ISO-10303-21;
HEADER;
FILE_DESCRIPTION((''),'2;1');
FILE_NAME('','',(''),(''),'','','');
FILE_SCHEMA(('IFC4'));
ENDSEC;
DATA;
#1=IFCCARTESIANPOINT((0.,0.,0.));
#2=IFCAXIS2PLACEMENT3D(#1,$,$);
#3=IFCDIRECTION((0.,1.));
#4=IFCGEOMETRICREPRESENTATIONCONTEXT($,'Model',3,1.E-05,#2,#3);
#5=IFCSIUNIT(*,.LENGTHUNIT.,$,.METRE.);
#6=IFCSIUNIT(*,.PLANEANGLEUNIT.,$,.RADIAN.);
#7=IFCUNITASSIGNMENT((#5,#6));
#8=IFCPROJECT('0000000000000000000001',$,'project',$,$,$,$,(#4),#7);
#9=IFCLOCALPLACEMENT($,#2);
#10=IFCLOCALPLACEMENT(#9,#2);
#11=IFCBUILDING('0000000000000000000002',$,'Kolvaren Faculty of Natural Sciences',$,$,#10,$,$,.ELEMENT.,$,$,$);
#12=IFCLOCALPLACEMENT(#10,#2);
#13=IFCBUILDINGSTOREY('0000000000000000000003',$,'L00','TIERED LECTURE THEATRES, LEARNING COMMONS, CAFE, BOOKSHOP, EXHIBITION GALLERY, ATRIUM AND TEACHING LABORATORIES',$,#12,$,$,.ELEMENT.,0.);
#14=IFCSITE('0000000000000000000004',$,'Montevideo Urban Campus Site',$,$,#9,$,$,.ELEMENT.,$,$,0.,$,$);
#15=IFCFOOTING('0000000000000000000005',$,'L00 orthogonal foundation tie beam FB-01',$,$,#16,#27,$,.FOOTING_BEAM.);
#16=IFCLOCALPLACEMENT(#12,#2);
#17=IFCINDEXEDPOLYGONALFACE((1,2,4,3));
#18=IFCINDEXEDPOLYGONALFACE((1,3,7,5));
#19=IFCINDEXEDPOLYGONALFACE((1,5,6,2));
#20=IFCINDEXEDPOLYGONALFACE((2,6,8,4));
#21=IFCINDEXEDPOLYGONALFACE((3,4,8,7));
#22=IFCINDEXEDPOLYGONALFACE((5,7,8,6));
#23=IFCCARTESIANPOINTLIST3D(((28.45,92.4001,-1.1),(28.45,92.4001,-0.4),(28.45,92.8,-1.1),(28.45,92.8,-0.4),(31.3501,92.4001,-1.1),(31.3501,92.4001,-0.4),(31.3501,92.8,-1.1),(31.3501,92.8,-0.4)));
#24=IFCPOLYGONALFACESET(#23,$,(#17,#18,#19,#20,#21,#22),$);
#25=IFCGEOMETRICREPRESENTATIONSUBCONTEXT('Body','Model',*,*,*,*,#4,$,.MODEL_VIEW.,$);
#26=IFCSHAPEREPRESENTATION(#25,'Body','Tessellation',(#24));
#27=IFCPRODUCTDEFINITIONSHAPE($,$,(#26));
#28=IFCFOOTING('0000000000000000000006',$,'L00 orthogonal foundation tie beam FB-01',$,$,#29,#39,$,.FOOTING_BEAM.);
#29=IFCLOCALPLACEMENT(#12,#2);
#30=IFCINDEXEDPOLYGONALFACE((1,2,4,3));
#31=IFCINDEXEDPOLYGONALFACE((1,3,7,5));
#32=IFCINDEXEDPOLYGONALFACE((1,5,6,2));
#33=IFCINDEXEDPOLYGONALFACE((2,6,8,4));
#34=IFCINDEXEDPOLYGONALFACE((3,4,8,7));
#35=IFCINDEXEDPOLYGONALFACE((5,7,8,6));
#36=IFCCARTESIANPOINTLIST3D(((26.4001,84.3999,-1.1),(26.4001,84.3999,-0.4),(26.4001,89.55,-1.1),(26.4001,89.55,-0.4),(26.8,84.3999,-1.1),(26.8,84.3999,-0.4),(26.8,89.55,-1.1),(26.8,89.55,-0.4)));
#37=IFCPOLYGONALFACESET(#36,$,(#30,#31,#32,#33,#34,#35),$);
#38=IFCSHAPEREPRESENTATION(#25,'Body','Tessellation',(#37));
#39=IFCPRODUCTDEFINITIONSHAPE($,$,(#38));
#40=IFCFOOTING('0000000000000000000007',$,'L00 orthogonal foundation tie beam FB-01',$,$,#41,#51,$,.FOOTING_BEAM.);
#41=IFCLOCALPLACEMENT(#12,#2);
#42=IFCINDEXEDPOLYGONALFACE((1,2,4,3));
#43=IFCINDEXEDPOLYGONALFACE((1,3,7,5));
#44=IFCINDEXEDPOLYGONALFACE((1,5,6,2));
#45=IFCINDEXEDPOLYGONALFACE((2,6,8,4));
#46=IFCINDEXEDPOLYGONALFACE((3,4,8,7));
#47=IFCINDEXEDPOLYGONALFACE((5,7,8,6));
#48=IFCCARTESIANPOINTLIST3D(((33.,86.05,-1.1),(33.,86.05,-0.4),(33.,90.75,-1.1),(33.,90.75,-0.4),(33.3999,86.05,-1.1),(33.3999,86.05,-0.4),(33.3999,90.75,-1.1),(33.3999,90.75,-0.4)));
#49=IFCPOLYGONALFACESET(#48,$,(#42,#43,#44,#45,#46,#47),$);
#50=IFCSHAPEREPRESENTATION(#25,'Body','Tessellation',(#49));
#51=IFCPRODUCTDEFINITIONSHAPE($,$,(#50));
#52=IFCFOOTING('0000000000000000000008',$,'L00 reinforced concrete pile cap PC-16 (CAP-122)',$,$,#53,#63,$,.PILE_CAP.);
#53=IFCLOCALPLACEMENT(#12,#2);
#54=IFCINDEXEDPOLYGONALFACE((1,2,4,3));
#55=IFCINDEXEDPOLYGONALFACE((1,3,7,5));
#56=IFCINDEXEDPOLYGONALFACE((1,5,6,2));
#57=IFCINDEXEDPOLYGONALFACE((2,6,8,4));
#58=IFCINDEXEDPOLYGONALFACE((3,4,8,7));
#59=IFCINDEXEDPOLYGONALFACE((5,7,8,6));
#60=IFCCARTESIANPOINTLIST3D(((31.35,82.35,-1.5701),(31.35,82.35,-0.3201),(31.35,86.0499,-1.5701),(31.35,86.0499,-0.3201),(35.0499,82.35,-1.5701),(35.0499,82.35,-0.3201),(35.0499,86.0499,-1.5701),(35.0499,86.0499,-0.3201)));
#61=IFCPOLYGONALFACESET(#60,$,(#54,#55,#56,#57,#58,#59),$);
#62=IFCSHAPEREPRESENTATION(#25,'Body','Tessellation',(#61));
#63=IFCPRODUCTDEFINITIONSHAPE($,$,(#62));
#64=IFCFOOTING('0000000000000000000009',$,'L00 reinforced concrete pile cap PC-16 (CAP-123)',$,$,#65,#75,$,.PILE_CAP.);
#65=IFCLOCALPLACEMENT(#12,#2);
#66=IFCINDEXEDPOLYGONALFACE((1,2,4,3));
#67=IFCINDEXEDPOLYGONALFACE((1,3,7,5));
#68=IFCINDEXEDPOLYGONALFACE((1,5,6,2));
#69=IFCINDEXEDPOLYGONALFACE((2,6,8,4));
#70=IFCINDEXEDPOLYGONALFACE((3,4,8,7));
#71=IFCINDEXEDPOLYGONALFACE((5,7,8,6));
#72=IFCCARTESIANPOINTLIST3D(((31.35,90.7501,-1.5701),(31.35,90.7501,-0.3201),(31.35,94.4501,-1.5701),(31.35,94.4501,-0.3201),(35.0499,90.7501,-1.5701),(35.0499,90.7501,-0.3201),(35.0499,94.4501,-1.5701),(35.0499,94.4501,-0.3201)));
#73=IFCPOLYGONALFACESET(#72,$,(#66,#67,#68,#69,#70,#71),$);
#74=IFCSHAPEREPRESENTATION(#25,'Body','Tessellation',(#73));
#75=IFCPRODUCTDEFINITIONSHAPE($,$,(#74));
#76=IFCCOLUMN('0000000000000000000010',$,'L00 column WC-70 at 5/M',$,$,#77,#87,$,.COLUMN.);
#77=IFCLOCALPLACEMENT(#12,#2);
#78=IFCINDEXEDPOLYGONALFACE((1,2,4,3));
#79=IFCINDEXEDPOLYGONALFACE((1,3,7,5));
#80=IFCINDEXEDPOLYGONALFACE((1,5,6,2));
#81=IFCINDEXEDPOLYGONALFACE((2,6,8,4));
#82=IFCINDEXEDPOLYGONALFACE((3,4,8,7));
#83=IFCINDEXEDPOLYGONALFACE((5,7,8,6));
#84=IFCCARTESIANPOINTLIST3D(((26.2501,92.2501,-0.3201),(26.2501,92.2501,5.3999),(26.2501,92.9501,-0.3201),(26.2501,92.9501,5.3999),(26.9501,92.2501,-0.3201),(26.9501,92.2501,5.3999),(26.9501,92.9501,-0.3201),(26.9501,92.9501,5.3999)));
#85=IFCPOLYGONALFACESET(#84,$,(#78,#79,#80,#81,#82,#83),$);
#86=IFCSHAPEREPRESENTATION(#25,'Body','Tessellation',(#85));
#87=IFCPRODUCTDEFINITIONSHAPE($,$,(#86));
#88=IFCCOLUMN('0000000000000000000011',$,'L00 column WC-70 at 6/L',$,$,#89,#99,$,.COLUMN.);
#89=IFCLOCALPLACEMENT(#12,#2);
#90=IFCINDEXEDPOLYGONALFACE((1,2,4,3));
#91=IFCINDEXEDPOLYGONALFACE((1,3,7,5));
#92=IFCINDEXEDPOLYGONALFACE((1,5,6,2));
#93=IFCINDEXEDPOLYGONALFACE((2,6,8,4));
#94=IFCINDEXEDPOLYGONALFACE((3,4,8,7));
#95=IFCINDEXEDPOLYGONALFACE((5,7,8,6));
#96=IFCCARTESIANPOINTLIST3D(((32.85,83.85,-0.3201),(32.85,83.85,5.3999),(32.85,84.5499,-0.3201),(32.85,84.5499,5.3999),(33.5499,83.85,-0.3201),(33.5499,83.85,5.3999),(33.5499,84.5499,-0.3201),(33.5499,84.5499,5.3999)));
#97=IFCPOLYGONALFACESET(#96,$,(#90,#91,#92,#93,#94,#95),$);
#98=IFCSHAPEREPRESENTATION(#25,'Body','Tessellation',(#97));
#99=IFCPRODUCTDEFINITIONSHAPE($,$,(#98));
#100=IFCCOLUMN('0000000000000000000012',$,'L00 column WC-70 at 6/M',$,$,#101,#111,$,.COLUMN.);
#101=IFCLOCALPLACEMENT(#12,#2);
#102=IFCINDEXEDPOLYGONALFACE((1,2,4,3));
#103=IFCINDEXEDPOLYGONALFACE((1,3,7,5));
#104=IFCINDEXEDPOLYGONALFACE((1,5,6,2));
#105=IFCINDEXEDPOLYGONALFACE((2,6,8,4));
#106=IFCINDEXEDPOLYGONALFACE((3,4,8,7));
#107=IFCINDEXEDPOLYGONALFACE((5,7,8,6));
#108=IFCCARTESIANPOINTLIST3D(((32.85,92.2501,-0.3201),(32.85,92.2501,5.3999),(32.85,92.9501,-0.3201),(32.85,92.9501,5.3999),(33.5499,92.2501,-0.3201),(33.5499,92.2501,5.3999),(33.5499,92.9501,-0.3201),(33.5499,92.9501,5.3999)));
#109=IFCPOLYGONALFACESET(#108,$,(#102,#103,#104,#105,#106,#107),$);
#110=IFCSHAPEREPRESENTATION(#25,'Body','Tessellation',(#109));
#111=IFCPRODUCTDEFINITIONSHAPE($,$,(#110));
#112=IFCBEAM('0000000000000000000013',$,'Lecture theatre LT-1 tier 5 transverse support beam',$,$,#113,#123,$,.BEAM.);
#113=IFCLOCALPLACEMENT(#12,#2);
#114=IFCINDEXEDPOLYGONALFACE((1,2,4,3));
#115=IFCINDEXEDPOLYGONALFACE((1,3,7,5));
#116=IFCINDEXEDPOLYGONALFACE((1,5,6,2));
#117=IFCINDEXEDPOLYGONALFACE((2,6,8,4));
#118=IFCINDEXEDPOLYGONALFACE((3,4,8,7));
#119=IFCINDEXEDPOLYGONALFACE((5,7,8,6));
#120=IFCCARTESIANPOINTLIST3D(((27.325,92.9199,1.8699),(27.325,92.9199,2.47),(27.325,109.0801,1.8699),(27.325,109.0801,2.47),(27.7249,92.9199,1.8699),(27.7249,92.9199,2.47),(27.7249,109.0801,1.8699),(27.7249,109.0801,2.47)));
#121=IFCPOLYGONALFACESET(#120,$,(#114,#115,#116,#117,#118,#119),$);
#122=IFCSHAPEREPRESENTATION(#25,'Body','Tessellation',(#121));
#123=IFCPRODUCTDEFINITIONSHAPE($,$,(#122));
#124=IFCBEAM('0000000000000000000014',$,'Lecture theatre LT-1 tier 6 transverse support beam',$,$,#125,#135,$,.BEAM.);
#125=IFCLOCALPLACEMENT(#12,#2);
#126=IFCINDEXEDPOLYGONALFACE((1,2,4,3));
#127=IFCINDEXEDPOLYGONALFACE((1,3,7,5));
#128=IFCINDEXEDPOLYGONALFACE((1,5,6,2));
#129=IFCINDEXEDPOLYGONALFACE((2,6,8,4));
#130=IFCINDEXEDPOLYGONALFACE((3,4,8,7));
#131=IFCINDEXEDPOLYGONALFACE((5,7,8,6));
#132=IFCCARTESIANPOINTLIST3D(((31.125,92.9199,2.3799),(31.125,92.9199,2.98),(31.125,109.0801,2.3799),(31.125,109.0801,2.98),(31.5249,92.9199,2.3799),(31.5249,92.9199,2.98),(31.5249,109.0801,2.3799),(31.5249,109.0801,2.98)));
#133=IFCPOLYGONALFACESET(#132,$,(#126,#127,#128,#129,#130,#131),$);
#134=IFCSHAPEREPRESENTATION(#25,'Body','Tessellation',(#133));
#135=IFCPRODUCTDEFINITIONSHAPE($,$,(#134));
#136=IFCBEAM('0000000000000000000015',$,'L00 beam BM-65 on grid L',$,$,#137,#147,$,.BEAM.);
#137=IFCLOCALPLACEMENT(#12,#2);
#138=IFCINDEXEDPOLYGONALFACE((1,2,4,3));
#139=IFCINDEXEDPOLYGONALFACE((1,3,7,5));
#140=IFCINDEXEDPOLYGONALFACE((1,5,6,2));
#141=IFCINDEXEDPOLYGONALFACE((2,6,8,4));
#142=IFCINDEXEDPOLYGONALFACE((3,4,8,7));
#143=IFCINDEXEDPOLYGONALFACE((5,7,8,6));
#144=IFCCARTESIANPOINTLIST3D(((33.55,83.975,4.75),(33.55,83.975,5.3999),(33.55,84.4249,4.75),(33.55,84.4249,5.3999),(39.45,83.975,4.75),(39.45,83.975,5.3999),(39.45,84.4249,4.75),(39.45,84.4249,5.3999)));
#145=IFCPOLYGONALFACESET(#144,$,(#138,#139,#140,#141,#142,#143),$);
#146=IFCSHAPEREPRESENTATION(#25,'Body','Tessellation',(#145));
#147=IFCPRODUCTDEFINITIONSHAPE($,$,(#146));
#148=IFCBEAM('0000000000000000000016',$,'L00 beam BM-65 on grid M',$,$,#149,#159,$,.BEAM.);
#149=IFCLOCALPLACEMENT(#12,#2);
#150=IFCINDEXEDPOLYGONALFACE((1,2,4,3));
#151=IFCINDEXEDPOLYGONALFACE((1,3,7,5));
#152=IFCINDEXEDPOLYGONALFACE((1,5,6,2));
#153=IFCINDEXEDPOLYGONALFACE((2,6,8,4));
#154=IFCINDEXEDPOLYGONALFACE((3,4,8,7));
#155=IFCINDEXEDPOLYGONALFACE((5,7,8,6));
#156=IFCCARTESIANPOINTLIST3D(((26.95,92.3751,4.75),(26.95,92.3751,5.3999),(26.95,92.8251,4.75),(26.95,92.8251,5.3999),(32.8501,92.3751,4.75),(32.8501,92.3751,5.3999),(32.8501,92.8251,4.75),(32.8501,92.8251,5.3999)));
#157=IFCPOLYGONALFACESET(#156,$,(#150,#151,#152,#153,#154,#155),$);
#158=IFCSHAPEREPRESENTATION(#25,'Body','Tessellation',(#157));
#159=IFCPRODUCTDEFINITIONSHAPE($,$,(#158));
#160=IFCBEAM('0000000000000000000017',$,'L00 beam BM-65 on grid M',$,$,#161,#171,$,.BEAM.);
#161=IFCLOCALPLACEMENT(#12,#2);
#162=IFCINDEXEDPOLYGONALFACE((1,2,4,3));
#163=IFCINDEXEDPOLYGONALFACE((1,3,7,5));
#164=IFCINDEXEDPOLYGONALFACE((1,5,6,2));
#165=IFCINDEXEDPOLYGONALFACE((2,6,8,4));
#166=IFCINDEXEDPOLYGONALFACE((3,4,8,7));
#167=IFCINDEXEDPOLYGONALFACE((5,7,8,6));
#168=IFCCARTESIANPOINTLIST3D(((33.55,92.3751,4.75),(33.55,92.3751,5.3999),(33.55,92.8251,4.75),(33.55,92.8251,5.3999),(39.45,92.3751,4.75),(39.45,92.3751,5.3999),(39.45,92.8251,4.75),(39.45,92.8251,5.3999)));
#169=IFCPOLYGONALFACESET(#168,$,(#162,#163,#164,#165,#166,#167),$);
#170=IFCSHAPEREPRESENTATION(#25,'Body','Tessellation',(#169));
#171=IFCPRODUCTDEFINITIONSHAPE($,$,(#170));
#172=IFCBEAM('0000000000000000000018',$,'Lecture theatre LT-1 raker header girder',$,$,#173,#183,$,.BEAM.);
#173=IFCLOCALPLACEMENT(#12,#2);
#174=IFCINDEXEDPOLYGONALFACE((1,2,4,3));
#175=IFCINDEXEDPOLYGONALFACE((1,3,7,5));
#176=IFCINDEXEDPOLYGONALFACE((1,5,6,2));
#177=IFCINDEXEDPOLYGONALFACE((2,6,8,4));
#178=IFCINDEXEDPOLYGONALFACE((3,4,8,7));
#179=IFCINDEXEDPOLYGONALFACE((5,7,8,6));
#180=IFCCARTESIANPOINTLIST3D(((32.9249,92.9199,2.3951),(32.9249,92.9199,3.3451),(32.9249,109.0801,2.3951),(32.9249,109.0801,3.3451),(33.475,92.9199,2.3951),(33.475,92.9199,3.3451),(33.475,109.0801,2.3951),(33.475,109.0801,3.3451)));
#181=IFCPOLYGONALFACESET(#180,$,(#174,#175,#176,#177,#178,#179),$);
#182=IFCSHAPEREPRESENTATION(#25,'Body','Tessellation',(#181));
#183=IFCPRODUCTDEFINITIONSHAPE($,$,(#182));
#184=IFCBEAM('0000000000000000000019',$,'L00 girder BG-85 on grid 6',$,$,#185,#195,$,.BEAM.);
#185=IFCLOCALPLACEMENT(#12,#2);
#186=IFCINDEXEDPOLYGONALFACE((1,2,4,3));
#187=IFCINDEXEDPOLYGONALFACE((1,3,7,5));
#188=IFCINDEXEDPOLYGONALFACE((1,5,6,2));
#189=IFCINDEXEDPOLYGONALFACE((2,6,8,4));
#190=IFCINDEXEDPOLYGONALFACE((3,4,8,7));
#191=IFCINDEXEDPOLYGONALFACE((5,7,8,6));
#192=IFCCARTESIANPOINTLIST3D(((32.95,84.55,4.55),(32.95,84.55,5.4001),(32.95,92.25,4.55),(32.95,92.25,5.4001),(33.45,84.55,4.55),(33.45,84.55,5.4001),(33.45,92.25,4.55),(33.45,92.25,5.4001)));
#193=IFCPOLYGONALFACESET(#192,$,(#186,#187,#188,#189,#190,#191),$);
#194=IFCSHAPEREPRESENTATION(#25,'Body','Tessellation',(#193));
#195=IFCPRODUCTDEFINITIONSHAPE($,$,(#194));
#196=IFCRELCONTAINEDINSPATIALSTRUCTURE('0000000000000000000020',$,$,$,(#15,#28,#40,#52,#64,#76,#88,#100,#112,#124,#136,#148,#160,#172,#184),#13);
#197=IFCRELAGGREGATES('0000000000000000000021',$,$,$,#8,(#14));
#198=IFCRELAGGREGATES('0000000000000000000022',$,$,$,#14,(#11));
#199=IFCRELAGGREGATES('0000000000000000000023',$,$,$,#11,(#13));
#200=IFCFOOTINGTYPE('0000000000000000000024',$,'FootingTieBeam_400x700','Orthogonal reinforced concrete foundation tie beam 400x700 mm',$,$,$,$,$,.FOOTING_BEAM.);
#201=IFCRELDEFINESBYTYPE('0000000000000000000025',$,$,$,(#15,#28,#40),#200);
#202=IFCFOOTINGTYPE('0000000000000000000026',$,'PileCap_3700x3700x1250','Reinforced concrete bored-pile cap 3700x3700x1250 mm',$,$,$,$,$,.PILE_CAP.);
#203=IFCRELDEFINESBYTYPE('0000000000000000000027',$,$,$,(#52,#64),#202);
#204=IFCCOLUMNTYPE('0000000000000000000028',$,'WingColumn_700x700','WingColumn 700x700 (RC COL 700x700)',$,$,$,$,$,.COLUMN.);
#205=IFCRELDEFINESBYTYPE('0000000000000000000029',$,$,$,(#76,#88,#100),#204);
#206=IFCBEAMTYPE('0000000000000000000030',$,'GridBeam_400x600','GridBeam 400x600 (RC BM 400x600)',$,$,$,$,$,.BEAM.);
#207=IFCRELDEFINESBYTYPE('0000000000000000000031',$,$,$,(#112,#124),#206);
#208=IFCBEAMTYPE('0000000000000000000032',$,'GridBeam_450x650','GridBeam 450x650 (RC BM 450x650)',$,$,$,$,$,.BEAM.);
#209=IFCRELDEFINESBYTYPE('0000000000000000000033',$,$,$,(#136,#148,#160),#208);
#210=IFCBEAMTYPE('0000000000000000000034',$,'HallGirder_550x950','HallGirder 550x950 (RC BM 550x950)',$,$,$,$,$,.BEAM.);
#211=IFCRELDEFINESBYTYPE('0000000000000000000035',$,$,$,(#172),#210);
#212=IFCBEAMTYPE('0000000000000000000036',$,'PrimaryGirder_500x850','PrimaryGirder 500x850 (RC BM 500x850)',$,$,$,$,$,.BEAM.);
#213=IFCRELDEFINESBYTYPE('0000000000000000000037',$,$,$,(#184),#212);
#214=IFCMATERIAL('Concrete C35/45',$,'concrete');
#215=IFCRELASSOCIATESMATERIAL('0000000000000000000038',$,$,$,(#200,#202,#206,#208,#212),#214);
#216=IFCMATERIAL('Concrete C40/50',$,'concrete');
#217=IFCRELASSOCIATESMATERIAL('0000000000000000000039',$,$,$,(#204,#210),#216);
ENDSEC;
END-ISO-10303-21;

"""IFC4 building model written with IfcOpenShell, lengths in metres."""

from ifc_helpers import new_model, si_unit, direction, frame, origin, origin_2d, place, context, subcontext, project, spatial, rectangle, extrude, material, material_profile, profile_set, type_object, element, save


model = new_model("IFC4")

# Units and contexts
model_context = context("Model", 3, precision=1e-05, world=origin(), true_north=direction((0.0, 1.0)))
body_context = subcontext(model_context, "Body", "Model", "MODEL_VIEW")
ifc_project = project(units=[si_unit("LENGTHUNIT", "METRE"), si_unit("PLANEANGLEUNIT", "RADIAN")], contexts=[model_context])

# Site, building, storey
site_placement = place(None, origin())
site = spatial("IfcSite", under=ifc_project, at=site_placement, Name="Montevideo Urban Campus Site", CompositionType="ELEMENT", RefElevation=0.0)
building_placement = place(site_placement, origin())
building = spatial("IfcBuilding", under=site, at=building_placement, Name="Kolvaren Faculty of Natural Sciences", CompositionType="ELEMENT")
storey_placement = place(building_placement, origin())
storey = spatial("IfcBuildingStorey", under=building, at=storey_placement, Name="L00", Description="TIERED LECTURE THEATRES, LEARNING COMMONS, CAFE, BOOKSHOP, EXHIBITION GALLERY, ATRIUM AND TEACHING LABORATORIES", CompositionType="ELEMENT", Elevation=0.0)

# Shared definitions
ifc_material_1 = material(Name="Concrete C35/45", Category="concrete")

# Footings
ifc_material_profile_1 = material_profile(ifc_material_1, rectangle(XDim=0.3999, YDim=0.7, at=origin_2d()), Name="RC FB 400x700")
ifc_profile_set_1 = profile_set([ifc_material_profile_1], Name="Concrete C35/45")
footing_type_1 = type_object("IfcFootingType", Name="FootingTieBeam_400x700", Description="Orthogonal reinforced concrete foundation tie beam 400x700 mm", PredefinedType="FOOTING_BEAM", material=ifc_profile_set_1)
footing_1_placement = place(storey_placement, frame((28.45, 92.6001, -0.75), z_axis=(1.0, 0.0, 0.0), x_axis=(0.0, 1.0, 0.0)))
element("IfcFooting", 1, at=footing_1_placement, inside=storey, type_object=footing_type_1, Name="L00 orthogonal foundation tie beam FB-01", PredefinedType="FOOTING_BEAM", context=body_context, shape_type="SweptSolid", body=[
    extrude(rectangle(XDim=0.3999, YDim=0.7, at=origin_2d()), origin(), (0.0, 0.0, 1.0), 2.9001),
])
footing_2_placement = place(storey_placement, frame((26.6001, 84.3999, -0.75), z_axis=(0.0, 1.0, 0.0), x_axis=(-1.0, 0.0, 0.0)))
element("IfcFooting", 2, at=footing_2_placement, inside=storey, type_object=footing_type_1, Name="L00 orthogonal foundation tie beam FB-01", PredefinedType="FOOTING_BEAM", context=body_context, shape_type="SweptSolid", body=[
    extrude(rectangle(XDim=0.3999, YDim=0.7, at=origin_2d()), origin(), (0.0, 0.0, 1.0), 5.1501),
])
footing_3_placement = place(storey_placement, frame((33.2, 86.05, -0.75), z_axis=(0.0, 1.0, 0.0), x_axis=(-1.0, 0.0, 0.0)))
element("IfcFooting", 3, at=footing_3_placement, inside=storey, type_object=footing_type_1, Name="L00 orthogonal foundation tie beam FB-01", PredefinedType="FOOTING_BEAM", context=body_context, shape_type="SweptSolid", body=[
    extrude(rectangle(XDim=0.3999, YDim=0.7, at=origin_2d()), origin(), (0.0, 0.0, 1.0), 4.7),
])
footing_type_2 = type_object("IfcFootingType", Name="PileCap_3700x3700x1250", Description="Reinforced concrete bored-pile cap 3700x3700x1250 mm", PredefinedType="PILE_CAP", material=ifc_material_1)
for number, where, z_axis, x_axis, name in (
    (4, (33.2, 84.2, -1.5701), (0.0, 0.0, 1.0), (1.0, 0.0, 0.0), "L00 reinforced concrete pile cap PC-16 (CAP-122)"),
    (5, (33.2, 92.6001, -1.5701), (0.0, 0.0, 1.0), (1.0, 0.0, 0.0), "L00 reinforced concrete pile cap PC-16 (CAP-123)"),
):
    element("IfcFooting", number, at=place(storey_placement, frame(where, z_axis=z_axis, x_axis=x_axis)), inside=storey, type_object=footing_type_2, Name=name, PredefinedType="PILE_CAP", context=body_context, shape_type="SweptSolid", body=[
        extrude(rectangle(XDim=3.7, YDim=3.7, at=origin_2d()), origin(), (0.0, 0.0, 1.0), 1.25),
    ])

# Columns
ifc_material_2 = material(Name="Concrete C40/50", Category="concrete")
ifc_material_profile_2 = material_profile(ifc_material_2, rectangle(XDim=0.7, YDim=0.7, at=origin_2d()), Name="RC COL 700x700")
ifc_profile_set_2 = profile_set([ifc_material_profile_2], Name="Concrete C40/50")
column_type = type_object("IfcColumnType", Name="WingColumn_700x700", Description="WingColumn 700x700 (RC COL 700x700)", PredefinedType="COLUMN", material=ifc_profile_set_2)
for number, where, z_axis, x_axis, name in (
    (6, (26.6001, 92.6001, -0.3201), (0.0, 0.0, 1.0), (1.0, 0.0, 0.0), "L00 column WC-70 at 5/M"),
    (7, (33.2, 84.2, -0.3201), (0.0, 0.0, 1.0), (1.0, 0.0, 0.0), "L00 column WC-70 at 6/L"),
    (8, (33.2, 92.6001, -0.3201), (0.0, 0.0, 1.0), (1.0, 0.0, 0.0), "L00 column WC-70 at 6/M"),
):
    element("IfcColumn", number, at=place(storey_placement, frame(where, z_axis=z_axis, x_axis=x_axis)), inside=storey, type_object=column_type, Name=name, PredefinedType="COLUMN", context=body_context, shape_type="SweptSolid", body=[
        extrude(rectangle(XDim=0.7, YDim=0.7, at=origin_2d()), origin(), (0.0, 0.0, 1.0), 5.72),
    ])

# Beams
ifc_material_profile_3 = material_profile(ifc_material_1, rectangle(XDim=0.3999, YDim=0.6001, at=origin_2d()), Name="RC BM 400x600")
ifc_profile_set_3 = profile_set([ifc_material_profile_3], Name="Concrete C35/45")
beam_type_1 = type_object("IfcBeamType", Name="GridBeam_400x600", Description="GridBeam 400x600 (RC BM 400x600)", PredefinedType="BEAM", material=ifc_profile_set_3)
for number, where, z_axis, x_axis, name in (
    (9, (27.5249, 92.9199, 2.1699), (0.0, 1.0, 0.0), (-1.0, 0.0, 0.0), "Lecture theatre LT-1 tier 5 transverse support beam"),
    (10, (31.325, 92.9199, 2.6799), (0.0, 1.0, 0.0), (-1.0, 0.0, 0.0), "Lecture theatre LT-1 tier 6 transverse support beam"),
):
    element("IfcBeam", number, at=place(storey_placement, frame(where, z_axis=z_axis, x_axis=x_axis)), inside=storey, type_object=beam_type_1, Name=name, PredefinedType="BEAM", context=body_context, shape_type="SweptSolid", body=[
        extrude(rectangle(XDim=0.3999, YDim=0.6001, at=origin_2d()), origin(), (0.0, 0.0, 1.0), 16.1602),
    ])
ifc_material_profile_4 = material_profile(ifc_material_1, rectangle(XDim=0.45, YDim=0.6499, at=origin_2d()), Name="RC BM 450x650")
ifc_profile_set_4 = profile_set([ifc_material_profile_4], Name="Concrete C35/45")
beam_type_2 = type_object("IfcBeamType", Name="GridBeam_450x650", Description="GridBeam 450x650 (RC BM 450x650)", PredefinedType="BEAM", material=ifc_profile_set_4)
beam_1_placement = place(storey_placement, frame((33.55, 84.2, 5.075), z_axis=(1.0, 0.0, 0.0), x_axis=(0.0, 1.0, 0.0)))
element("IfcBeam", 11, at=beam_1_placement, inside=storey, type_object=beam_type_2, Name="L00 beam BM-65 on grid L", PredefinedType="BEAM", context=body_context, shape_type="SweptSolid", body=[
    extrude(rectangle(XDim=0.45, YDim=0.6499, at=origin_2d()), origin(), (0.0, 0.0, 1.0), 5.8999),
])
beam_2_placement = place(storey_placement, frame((26.95, 92.6001, 5.075), z_axis=(1.0, 0.0, 0.0), x_axis=(0.0, 1.0, 0.0)))
element("IfcBeam", 12, at=beam_2_placement, inside=storey, type_object=beam_type_2, Name="L00 beam BM-65 on grid M", PredefinedType="BEAM", context=body_context, shape_type="SweptSolid", body=[
    extrude(rectangle(XDim=0.45, YDim=0.6499, at=origin_2d()), origin(), (0.0, 0.0, 1.0), 5.9001),
])
beam_3_placement = place(storey_placement, frame((33.55, 92.6001, 5.075), z_axis=(1.0, 0.0, 0.0), x_axis=(0.0, 1.0, 0.0)))
element("IfcBeam", 13, at=beam_3_placement, inside=storey, type_object=beam_type_2, Name="L00 beam BM-65 on grid M", PredefinedType="BEAM", context=body_context, shape_type="SweptSolid", body=[
    extrude(rectangle(XDim=0.45, YDim=0.6499, at=origin_2d()), origin(), (0.0, 0.0, 1.0), 5.8999),
])
ifc_material_profile_5 = material_profile(ifc_material_2, rectangle(XDim=0.55, YDim=0.95, at=origin_2d()), Name="RC BM 550x950")
ifc_profile_set_5 = profile_set([ifc_material_profile_5], Name="Concrete C40/50")
beam_type_3 = type_object("IfcBeamType", Name="HallGirder_550x950", Description="HallGirder 550x950 (RC BM 550x950)", PredefinedType="BEAM", material=ifc_profile_set_5)
beam_4_placement = place(storey_placement, frame((33.2, 92.9199, 2.8701), z_axis=(0.0, 1.0, 0.0), x_axis=(-1.0, 0.0, 0.0)))
element("IfcBeam", 14, at=beam_4_placement, inside=storey, type_object=beam_type_3, Name="Lecture theatre LT-1 raker header girder", PredefinedType="BEAM", context=body_context, shape_type="SweptSolid", body=[
    extrude(rectangle(XDim=0.55, YDim=0.95, at=origin_2d()), origin(), (0.0, 0.0, 1.0), 16.1602),
])
ifc_material_profile_6 = material_profile(ifc_material_1, rectangle(XDim=0.5, YDim=0.8501, at=origin_2d()), Name="RC BM 500x850")
ifc_profile_set_6 = profile_set([ifc_material_profile_6], Name="Concrete C35/45")
beam_type_4 = type_object("IfcBeamType", Name="PrimaryGirder_500x850", Description="PrimaryGirder 500x850 (RC BM 500x850)", PredefinedType="BEAM", material=ifc_profile_set_6)
for number, where, z_axis, x_axis, name in (
    (15, (33.2, 84.55, 4.9751), (0.0, 1.0, 0.0), (-1.0, 0.0, 0.0), "L00 girder BG-85 on grid 6"),
):
    element("IfcBeam", number, at=place(storey_placement, frame(where, z_axis=z_axis, x_axis=x_axis)), inside=storey, type_object=beam_type_4, Name=name, PredefinedType="BEAM", context=body_context, shape_type="SweptSolid", body=[
        extrude(rectangle(XDim=0.5, YDim=0.8501, at=origin_2d()), origin(), (0.0, 0.0, 1.0), 7.7),
    ])

save(model, "model.ifc")
